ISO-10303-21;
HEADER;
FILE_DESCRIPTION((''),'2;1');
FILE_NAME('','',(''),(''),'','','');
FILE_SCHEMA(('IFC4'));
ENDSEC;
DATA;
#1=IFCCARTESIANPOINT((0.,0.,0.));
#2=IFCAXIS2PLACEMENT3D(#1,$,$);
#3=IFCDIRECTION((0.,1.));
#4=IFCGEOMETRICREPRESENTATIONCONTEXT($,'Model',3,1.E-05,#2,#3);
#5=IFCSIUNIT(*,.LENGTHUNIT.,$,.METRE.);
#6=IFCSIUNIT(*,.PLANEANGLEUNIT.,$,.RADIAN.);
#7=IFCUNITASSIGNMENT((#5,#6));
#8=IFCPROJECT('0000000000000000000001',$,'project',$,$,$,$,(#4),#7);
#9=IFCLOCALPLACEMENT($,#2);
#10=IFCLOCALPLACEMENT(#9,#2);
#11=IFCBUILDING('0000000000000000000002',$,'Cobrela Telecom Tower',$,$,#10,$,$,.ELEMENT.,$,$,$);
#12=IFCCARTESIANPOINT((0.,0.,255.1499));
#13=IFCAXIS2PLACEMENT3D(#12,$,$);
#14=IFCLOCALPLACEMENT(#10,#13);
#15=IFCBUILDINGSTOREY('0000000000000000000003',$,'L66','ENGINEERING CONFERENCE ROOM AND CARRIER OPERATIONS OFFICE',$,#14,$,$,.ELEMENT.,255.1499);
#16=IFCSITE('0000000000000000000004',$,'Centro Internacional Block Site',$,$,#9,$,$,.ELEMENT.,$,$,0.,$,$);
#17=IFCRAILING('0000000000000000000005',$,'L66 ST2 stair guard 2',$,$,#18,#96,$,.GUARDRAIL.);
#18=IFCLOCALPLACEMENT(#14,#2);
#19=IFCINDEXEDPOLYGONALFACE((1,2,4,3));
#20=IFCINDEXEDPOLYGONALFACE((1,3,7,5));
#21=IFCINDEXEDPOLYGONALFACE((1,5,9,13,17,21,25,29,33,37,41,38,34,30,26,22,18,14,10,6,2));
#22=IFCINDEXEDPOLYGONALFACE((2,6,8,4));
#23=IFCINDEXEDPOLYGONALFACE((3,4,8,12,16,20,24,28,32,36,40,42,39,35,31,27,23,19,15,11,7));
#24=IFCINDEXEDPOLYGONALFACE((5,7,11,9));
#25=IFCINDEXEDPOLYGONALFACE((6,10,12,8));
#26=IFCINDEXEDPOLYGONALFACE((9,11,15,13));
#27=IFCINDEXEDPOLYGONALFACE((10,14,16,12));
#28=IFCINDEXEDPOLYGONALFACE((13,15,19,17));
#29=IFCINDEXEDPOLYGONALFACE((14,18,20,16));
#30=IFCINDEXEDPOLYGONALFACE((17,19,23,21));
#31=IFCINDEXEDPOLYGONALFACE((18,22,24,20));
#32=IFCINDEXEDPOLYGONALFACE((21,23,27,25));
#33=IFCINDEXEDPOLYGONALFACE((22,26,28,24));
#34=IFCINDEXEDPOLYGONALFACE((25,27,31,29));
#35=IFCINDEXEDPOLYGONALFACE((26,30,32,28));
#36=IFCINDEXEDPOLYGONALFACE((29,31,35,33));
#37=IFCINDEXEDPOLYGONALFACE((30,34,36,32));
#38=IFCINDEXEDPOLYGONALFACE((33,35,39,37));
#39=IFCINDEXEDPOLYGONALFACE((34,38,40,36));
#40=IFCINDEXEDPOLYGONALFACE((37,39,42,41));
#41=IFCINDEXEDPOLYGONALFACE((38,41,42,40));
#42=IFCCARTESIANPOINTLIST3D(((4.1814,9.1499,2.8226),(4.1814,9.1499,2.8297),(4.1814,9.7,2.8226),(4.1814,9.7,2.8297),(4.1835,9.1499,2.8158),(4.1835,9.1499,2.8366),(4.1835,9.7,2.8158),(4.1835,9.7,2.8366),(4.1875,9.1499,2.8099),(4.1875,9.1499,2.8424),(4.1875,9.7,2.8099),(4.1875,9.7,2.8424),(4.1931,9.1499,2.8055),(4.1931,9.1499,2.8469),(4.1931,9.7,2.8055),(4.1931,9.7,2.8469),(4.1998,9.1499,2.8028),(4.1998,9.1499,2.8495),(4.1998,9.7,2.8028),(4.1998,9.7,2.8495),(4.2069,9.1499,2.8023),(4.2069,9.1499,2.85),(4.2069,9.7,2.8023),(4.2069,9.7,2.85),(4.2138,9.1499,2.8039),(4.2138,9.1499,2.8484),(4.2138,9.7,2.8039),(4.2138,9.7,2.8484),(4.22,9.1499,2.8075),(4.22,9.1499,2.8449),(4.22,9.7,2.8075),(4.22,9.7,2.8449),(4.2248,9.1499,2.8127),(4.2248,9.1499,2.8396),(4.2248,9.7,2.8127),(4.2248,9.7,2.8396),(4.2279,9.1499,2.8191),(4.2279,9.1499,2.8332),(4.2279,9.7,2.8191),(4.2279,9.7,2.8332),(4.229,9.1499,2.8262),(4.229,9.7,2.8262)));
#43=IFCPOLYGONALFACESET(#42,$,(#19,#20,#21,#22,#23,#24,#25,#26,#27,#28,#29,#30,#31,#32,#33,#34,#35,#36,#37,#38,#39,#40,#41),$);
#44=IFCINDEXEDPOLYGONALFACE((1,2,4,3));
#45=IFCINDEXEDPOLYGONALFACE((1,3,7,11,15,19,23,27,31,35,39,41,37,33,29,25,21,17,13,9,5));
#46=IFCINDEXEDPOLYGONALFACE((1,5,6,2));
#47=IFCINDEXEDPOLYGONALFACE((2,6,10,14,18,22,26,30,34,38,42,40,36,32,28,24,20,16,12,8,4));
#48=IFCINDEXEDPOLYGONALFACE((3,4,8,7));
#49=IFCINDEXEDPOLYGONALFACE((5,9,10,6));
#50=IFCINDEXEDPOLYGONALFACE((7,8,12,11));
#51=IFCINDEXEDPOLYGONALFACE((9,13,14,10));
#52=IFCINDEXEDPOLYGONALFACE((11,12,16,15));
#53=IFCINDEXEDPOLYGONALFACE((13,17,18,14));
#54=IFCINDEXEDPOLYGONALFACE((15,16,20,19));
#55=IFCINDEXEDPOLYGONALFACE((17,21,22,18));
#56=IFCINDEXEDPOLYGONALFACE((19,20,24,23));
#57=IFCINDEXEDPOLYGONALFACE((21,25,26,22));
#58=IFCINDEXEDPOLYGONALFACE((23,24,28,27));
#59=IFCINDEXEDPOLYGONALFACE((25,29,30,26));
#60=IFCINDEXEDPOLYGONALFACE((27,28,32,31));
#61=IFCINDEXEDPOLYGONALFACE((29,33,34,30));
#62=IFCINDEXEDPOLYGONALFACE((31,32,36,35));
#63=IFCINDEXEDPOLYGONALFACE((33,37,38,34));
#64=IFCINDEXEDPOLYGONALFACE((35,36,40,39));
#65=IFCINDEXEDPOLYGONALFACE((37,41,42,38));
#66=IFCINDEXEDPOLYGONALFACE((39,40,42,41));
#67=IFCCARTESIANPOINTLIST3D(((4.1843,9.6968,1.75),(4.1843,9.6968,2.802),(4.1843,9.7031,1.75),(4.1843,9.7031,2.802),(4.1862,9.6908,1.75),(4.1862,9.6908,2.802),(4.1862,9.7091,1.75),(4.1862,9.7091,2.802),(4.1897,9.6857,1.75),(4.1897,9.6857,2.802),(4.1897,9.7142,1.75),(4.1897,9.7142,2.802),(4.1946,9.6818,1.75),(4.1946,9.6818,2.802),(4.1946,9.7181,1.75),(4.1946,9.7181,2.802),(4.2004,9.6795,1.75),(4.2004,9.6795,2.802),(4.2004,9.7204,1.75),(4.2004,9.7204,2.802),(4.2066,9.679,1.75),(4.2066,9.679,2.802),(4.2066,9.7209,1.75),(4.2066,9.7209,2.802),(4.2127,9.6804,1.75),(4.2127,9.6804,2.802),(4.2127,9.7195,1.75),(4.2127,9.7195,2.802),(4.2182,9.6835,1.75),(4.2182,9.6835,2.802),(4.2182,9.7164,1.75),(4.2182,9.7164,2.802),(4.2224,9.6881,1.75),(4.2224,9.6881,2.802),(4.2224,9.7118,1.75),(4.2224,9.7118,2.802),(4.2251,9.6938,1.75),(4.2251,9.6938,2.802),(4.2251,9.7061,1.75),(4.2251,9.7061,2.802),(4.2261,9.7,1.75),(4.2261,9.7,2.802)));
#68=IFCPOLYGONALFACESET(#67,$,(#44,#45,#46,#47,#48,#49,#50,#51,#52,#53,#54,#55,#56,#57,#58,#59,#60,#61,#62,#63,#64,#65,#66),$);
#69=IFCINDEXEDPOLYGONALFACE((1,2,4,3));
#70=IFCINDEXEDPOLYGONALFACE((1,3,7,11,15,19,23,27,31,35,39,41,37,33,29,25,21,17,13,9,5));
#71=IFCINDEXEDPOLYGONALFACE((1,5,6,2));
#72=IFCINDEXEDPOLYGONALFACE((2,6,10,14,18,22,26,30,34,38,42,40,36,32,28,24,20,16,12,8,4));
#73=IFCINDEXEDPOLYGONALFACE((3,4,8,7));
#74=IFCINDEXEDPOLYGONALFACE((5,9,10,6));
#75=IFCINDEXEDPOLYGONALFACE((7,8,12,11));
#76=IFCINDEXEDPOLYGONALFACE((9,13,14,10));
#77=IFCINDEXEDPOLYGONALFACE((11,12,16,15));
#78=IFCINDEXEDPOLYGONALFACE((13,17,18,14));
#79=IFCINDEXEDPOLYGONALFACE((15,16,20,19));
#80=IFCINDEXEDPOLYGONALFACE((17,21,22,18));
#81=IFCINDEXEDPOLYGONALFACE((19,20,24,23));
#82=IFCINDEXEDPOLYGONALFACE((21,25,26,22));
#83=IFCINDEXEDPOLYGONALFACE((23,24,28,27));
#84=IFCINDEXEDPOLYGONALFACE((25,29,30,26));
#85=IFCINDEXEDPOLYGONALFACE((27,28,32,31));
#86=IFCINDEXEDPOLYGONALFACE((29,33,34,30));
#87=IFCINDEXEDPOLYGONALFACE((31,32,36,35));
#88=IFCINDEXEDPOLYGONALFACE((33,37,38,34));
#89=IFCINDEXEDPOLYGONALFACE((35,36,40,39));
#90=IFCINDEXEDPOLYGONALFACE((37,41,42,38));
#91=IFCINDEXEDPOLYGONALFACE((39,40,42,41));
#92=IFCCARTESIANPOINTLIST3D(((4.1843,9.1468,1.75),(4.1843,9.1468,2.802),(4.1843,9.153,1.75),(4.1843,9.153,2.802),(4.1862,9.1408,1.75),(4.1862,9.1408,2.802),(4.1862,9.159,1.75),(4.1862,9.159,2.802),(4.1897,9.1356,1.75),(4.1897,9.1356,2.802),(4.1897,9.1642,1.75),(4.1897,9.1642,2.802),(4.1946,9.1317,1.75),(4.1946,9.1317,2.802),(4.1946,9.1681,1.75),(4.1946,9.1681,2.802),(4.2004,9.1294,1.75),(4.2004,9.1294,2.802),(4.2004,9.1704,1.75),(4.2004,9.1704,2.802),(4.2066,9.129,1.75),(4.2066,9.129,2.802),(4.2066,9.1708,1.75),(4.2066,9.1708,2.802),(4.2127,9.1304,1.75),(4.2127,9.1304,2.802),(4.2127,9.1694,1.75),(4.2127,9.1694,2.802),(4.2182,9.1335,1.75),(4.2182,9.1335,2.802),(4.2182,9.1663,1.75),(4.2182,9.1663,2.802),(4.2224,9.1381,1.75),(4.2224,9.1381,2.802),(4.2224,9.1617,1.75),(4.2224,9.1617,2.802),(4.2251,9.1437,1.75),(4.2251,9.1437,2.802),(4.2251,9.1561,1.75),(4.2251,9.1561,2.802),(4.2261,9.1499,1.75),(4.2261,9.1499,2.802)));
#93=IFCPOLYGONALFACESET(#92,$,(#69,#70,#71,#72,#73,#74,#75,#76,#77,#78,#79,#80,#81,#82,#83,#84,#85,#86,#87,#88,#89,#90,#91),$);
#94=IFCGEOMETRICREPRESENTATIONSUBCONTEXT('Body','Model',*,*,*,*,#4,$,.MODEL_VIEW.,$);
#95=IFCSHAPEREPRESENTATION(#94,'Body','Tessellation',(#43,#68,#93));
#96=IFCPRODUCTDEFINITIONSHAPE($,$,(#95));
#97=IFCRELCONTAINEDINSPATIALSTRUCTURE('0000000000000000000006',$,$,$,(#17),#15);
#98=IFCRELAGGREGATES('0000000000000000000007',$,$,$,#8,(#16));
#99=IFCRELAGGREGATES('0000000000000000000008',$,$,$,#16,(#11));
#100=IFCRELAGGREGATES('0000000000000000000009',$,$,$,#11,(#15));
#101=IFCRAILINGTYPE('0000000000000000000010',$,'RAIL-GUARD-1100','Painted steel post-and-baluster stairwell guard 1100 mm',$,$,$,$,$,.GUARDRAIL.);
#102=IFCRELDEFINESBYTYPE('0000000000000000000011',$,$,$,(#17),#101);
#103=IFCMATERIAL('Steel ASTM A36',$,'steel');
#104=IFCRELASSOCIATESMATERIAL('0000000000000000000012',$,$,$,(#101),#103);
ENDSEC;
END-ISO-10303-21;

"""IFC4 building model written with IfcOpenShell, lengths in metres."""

from ifc_helpers import new_model, si_unit, direction, frame, origin, origin_2d, place, context, subcontext, project, spatial, circle, extrude, material, type_object, element, save


model = new_model("IFC4")

# Units and contexts
model_context = context("Model", 3, precision=1e-05, world=origin(), true_north=direction((0.0, 1.0)))
body_context = subcontext(model_context, "Body", "Model", "MODEL_VIEW")
ifc_project = project(units=[si_unit("LENGTHUNIT", "METRE"), si_unit("PLANEANGLEUNIT", "RADIAN")], contexts=[model_context])

# Site, building, storey
site_placement = place(None, origin())
site = spatial("IfcSite", under=ifc_project, at=site_placement, Name="Centro Internacional Block Site", CompositionType="ELEMENT", RefElevation=0.0)
building_placement = place(site_placement, origin())
building = spatial("IfcBuilding", under=site, at=building_placement, Name="Cobrela Telecom Tower", CompositionType="ELEMENT")
storey_placement = place(building_placement, frame((0.0, 0.0, 255.1499)))
storey = spatial("IfcBuildingStorey", under=building, at=storey_placement, Name="L66", Description="ENGINEERING CONFERENCE ROOM AND CARRIER OPERATIONS OFFICE", CompositionType="ELEMENT", Elevation=255.1499)

# Railing
ifc_material_1 = material(Name="Steel ASTM A36", Category="steel")
railing_type_1 = type_object("IfcRailingType", Name="RAIL-GUARD-1100", Description="Painted steel post-and-baluster stairwell guard 1100 mm", PredefinedType="GUARDRAIL", material=ifc_material_1)
railing_1_placement = place(storey_placement, frame((4.2051, 9.7, 1.75)))
element("IfcRailing", 1, at=railing_1_placement, inside=storey, type_object=railing_type_1, Name="L66 ST2 stair guard 2", PredefinedType="GUARDRAIL", context=body_context, shape_type="SweptSolid", body=[
    extrude(circle(Radius=0.0239, at=origin_2d()), frame((0.0, 0.0, 1.0762), z_axis=(0.0, -1.0, 0.0), x_axis=(1.0, 0.0, 0.0)), (0.0, 0.0, 1.0), 0.55),
    extrude(circle(Radius=0.021, at=origin_2d()), origin(), (0.0, 0.0, 1.0), 1.052),
    extrude(circle(Radius=0.021, at=origin_2d()), frame((0.0, -0.55, 0.0)), (0.0, 0.0, 1.0), 1.052),
])

save(model, "model.ifc")
